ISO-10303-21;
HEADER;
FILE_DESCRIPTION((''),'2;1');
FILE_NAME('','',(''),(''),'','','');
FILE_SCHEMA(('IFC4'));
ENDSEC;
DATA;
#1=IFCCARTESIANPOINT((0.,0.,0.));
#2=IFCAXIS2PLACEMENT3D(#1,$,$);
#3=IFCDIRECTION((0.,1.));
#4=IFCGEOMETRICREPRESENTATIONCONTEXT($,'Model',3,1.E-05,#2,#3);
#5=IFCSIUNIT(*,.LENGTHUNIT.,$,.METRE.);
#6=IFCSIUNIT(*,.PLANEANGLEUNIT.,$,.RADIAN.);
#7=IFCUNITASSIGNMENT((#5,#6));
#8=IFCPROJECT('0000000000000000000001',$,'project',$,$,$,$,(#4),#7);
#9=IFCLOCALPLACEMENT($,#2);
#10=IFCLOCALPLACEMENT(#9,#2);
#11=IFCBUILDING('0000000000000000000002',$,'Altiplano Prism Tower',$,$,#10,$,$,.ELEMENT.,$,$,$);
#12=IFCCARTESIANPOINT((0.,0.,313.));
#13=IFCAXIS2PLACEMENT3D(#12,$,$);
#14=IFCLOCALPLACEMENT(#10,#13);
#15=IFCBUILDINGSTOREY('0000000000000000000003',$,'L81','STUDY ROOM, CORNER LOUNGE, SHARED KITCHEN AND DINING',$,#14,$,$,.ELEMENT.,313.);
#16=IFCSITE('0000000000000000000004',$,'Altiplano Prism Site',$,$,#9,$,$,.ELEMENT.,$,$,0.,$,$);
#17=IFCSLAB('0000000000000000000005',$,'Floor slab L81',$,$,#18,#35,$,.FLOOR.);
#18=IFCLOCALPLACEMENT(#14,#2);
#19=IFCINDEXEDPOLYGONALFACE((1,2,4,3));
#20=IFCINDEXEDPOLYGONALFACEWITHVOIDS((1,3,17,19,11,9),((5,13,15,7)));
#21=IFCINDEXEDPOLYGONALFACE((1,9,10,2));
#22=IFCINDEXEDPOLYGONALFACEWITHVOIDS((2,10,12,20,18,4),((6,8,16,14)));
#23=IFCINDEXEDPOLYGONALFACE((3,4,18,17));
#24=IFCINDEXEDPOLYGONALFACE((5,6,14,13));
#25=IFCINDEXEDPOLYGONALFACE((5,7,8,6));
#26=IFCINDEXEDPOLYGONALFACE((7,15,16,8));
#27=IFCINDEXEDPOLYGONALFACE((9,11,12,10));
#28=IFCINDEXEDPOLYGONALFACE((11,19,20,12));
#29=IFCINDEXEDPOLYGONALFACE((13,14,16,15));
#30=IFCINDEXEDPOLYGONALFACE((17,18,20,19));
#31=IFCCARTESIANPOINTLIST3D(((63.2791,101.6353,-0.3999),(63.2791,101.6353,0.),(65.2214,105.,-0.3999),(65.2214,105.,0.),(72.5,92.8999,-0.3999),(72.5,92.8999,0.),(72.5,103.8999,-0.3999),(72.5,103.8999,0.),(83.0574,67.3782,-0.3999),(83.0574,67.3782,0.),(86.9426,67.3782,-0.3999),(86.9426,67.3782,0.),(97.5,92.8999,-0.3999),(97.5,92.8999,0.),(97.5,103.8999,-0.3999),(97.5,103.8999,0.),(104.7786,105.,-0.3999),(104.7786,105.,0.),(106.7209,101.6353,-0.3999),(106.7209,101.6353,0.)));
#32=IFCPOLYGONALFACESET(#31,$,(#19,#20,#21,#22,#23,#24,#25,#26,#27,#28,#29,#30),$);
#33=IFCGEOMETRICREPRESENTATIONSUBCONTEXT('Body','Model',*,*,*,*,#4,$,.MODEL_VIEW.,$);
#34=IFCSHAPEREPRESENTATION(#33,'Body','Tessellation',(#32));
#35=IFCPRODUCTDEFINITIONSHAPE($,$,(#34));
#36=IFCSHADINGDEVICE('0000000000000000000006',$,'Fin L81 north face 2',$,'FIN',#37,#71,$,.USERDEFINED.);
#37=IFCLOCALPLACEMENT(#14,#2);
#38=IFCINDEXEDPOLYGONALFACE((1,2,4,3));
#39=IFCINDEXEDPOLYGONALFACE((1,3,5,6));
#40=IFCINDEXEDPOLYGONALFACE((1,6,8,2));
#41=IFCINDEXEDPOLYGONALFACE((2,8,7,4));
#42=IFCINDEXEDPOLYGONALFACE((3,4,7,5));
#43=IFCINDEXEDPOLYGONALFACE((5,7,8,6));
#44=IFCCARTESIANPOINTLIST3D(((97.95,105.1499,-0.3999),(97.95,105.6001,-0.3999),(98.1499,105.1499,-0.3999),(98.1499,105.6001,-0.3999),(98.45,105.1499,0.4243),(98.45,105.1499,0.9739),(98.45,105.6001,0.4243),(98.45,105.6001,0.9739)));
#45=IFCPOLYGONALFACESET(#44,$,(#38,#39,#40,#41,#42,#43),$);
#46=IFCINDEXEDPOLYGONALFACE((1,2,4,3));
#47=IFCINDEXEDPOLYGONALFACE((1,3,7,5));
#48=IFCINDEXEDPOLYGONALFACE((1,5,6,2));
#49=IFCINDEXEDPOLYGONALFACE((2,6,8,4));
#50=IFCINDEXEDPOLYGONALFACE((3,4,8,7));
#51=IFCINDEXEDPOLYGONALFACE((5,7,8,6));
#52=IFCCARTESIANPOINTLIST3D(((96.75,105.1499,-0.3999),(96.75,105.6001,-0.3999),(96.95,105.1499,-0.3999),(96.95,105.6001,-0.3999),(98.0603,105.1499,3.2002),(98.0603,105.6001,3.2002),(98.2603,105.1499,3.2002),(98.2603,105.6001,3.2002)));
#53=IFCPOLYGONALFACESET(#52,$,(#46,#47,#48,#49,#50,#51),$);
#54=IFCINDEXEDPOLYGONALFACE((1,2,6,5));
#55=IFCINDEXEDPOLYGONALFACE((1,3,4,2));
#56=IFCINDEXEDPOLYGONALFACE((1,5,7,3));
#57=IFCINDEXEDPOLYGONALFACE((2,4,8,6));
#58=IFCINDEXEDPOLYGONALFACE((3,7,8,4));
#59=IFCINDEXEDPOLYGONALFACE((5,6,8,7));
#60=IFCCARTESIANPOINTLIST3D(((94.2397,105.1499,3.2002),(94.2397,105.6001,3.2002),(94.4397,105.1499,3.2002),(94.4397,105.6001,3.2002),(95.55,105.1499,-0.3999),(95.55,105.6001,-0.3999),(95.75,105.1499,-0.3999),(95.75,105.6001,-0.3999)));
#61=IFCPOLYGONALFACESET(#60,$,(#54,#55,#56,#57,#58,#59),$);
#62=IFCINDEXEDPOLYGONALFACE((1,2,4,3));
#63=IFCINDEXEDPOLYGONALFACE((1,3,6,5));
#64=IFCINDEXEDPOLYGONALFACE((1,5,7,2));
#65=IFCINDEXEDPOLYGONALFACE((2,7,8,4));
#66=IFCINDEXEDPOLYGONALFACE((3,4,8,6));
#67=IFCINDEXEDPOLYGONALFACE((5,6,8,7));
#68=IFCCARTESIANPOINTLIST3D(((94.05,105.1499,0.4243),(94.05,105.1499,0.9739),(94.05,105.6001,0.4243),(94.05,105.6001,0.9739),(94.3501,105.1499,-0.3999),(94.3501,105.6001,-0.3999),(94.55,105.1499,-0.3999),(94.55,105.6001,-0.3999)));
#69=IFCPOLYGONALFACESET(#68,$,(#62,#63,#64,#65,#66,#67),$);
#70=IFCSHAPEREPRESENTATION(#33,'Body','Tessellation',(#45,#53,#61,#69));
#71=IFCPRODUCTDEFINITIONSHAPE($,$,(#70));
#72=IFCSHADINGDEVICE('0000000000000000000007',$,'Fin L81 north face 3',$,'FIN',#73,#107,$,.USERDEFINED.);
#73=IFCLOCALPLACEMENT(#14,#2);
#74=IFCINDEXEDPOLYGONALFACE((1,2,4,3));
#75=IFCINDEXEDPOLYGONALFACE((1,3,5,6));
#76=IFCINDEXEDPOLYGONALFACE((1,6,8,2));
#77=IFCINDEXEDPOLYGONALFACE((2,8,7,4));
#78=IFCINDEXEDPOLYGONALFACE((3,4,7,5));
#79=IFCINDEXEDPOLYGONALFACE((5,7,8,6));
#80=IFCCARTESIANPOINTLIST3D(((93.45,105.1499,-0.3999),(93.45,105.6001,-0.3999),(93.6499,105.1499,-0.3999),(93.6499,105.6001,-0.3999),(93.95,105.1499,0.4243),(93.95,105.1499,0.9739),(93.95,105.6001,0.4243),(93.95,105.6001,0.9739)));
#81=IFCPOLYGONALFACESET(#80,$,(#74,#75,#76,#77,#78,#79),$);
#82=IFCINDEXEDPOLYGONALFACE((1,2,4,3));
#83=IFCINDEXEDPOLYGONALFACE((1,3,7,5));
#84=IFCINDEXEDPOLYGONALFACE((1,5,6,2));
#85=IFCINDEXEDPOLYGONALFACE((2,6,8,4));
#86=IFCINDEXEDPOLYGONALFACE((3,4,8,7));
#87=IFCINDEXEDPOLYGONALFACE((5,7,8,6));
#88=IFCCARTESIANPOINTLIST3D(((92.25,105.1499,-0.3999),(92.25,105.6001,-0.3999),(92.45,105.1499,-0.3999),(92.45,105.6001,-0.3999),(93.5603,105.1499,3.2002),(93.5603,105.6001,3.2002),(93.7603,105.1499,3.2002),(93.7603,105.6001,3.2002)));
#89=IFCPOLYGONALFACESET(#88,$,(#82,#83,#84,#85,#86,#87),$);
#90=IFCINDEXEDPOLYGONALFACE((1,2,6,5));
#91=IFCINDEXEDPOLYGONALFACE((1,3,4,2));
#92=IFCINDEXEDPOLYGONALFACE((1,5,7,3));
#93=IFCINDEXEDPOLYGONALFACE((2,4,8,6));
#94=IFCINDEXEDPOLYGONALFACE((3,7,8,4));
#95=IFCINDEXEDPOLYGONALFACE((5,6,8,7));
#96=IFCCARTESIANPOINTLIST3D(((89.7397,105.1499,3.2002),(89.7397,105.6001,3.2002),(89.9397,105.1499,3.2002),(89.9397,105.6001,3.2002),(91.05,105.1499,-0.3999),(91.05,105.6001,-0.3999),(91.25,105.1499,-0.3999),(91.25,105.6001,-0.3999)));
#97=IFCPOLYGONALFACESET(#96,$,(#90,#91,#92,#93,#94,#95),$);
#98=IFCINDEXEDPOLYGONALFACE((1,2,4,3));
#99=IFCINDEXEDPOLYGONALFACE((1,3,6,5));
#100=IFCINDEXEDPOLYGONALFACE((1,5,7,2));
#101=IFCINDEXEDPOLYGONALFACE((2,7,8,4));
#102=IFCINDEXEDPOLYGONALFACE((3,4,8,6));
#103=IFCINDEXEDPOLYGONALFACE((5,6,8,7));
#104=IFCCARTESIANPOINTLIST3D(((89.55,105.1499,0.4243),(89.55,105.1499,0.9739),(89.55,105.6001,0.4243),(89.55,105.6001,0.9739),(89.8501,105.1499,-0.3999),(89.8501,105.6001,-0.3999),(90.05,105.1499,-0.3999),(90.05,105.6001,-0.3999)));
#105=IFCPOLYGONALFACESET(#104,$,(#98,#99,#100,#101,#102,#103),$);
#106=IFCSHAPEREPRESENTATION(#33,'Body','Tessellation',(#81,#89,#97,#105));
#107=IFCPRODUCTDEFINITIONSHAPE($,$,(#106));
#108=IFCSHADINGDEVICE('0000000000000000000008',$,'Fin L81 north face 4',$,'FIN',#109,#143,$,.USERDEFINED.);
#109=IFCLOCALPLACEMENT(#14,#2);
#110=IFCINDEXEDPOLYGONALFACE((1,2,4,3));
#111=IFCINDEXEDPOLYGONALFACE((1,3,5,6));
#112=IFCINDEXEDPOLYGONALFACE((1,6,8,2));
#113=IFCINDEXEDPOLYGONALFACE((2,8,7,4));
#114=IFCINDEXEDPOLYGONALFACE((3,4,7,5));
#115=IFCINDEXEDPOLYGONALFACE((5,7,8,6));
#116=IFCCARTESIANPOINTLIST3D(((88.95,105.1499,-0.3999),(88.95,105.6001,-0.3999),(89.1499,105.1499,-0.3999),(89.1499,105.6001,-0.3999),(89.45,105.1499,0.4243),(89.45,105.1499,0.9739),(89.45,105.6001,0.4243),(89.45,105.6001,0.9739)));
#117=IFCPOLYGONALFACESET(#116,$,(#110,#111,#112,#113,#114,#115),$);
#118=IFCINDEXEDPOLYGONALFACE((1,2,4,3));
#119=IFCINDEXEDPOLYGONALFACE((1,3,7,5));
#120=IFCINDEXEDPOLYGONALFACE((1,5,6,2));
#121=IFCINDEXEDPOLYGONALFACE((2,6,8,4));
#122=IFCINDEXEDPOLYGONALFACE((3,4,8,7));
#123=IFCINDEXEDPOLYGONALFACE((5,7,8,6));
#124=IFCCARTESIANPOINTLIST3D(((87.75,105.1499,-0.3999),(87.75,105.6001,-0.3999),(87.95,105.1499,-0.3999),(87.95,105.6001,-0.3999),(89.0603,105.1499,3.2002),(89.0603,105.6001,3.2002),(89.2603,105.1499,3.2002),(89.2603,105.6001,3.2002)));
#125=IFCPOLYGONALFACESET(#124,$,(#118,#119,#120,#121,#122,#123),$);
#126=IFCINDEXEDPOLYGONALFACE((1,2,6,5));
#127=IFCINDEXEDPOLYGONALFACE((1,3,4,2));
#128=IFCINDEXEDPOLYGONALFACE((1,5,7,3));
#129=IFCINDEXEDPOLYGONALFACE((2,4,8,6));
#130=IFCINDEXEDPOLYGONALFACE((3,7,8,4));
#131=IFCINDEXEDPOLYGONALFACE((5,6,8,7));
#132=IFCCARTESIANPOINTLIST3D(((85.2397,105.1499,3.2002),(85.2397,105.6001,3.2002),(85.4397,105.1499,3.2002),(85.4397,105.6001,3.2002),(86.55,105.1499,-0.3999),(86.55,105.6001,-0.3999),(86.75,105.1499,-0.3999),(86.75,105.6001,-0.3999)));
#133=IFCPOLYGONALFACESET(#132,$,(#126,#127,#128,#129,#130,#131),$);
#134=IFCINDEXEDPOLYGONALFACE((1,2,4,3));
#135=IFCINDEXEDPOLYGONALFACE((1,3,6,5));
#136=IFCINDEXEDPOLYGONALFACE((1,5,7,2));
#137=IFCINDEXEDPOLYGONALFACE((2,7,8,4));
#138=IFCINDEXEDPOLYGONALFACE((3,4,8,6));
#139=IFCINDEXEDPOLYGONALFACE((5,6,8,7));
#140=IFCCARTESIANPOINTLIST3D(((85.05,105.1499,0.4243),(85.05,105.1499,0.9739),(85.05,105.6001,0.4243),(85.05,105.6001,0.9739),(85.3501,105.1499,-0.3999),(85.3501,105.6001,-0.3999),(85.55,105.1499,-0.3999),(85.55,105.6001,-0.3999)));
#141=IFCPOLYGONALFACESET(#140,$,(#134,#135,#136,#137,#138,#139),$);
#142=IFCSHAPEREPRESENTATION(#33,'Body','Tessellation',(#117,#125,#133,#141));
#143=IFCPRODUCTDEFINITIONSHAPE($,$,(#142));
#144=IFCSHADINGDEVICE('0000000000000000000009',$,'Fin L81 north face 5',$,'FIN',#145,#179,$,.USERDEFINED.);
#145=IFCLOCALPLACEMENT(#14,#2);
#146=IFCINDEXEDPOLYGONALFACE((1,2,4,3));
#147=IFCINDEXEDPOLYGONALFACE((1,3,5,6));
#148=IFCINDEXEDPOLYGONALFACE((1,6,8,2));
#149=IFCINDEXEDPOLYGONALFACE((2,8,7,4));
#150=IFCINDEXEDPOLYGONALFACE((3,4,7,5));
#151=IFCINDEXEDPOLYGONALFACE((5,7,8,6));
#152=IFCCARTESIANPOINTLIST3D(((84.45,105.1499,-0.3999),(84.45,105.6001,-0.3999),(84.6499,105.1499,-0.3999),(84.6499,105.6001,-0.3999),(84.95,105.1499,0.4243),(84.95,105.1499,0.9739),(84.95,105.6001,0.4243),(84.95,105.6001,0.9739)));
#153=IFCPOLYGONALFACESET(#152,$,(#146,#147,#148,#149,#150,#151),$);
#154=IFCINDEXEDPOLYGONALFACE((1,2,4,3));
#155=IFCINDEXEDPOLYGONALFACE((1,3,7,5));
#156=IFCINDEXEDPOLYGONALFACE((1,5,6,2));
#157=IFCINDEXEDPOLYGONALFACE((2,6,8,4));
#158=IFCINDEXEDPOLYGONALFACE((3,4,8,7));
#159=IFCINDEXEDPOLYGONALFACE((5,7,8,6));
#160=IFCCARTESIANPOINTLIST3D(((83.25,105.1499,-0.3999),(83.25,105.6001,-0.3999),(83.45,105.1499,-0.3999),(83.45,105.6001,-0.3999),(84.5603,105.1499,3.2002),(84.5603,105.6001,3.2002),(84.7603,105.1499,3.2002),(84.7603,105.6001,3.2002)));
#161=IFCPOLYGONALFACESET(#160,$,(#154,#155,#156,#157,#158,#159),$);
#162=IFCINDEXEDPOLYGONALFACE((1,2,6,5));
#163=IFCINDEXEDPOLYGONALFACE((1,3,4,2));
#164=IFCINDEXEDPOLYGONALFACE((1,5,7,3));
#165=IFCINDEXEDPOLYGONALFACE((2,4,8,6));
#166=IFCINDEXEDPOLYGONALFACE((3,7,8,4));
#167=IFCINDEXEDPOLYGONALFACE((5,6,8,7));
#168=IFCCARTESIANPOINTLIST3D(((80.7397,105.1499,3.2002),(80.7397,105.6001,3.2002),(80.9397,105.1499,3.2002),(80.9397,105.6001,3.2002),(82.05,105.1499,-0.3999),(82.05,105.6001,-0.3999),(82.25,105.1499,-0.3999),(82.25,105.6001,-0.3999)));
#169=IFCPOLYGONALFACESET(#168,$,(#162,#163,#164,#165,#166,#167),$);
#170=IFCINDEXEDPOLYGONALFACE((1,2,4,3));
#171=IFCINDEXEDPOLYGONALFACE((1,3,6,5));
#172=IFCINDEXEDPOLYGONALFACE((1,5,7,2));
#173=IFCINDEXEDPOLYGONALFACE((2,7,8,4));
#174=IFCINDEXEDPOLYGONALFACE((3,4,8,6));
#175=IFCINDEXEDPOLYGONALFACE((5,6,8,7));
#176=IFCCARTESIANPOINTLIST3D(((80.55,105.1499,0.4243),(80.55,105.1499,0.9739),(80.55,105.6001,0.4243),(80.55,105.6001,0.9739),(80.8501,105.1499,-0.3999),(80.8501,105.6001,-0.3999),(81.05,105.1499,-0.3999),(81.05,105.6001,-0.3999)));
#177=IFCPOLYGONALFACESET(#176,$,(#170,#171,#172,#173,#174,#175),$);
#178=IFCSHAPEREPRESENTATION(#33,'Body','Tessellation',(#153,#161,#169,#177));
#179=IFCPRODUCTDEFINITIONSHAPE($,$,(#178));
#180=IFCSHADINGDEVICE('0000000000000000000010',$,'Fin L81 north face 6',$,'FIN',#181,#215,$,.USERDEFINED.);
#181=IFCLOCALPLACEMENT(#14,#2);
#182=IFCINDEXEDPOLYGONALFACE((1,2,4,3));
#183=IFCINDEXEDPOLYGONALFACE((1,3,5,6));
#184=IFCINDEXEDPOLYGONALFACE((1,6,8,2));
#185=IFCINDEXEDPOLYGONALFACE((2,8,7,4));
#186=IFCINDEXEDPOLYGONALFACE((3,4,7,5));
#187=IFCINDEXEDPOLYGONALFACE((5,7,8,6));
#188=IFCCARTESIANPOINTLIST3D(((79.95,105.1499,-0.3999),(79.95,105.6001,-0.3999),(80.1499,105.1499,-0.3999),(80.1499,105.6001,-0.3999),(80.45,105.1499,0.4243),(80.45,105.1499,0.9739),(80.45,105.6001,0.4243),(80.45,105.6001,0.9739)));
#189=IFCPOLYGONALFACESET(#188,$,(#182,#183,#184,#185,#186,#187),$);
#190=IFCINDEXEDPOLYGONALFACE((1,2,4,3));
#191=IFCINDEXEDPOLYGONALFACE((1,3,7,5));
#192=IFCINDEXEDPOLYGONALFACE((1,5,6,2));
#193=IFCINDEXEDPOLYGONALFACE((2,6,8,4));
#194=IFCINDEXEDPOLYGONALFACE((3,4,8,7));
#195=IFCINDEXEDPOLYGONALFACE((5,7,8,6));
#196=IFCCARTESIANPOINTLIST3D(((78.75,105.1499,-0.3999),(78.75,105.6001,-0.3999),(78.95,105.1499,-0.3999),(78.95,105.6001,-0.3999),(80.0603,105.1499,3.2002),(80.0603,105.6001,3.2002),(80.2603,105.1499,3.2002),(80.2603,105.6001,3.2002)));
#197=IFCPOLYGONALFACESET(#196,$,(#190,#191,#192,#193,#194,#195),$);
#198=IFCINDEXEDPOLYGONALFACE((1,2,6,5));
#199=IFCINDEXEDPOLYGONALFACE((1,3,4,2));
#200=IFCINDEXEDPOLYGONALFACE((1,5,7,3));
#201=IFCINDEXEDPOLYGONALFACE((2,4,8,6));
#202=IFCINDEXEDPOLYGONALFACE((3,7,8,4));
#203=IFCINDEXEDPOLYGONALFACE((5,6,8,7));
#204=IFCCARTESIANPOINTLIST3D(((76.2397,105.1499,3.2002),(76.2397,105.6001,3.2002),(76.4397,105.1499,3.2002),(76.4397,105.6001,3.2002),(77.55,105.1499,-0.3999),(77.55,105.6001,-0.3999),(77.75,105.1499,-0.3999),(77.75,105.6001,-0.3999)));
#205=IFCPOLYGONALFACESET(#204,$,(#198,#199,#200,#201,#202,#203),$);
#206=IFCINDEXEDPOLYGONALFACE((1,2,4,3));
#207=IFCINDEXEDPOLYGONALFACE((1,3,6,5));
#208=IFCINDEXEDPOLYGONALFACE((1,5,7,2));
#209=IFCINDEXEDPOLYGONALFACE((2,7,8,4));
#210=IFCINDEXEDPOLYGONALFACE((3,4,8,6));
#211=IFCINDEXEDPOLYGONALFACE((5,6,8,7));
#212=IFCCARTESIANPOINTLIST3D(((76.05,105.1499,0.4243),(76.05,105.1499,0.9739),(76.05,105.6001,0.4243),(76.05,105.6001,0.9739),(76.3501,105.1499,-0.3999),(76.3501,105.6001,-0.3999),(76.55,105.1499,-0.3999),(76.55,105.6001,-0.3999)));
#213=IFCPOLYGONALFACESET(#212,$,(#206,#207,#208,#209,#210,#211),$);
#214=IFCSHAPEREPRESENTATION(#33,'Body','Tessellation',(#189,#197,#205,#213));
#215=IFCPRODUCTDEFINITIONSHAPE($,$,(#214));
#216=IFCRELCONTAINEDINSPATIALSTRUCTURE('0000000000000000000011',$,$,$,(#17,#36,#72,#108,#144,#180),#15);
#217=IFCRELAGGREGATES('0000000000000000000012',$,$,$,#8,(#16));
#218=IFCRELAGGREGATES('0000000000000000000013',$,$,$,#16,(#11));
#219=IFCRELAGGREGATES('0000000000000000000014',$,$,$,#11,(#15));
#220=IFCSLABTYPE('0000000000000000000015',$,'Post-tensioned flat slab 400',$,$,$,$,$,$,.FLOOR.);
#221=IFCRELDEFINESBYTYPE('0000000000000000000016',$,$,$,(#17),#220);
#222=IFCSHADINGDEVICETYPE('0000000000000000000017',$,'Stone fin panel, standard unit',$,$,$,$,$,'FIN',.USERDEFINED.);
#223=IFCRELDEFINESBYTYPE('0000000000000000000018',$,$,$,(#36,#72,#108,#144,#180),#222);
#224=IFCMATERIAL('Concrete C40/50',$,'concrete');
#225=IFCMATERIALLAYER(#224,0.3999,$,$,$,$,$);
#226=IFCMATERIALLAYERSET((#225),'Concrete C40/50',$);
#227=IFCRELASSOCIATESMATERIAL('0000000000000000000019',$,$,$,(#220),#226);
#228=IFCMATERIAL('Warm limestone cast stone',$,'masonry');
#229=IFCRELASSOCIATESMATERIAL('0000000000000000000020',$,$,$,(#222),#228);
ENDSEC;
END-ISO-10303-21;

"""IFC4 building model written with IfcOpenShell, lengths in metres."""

from ifc_helpers import new_model, si_unit, direction, frame, origin, place, context, subcontext, project, spatial, polyline, outline, extrude, source, transform, mapped, material, layer, layer_set, type_object, element, save


model = new_model("IFC4")

# Units and contexts
model_context = context("Model", 3, precision=1e-05, world=origin(), true_north=direction((0.0, 1.0)))
body_context = subcontext(model_context, "Body", "Model", "MODEL_VIEW")
ifc_project = project(units=[si_unit("LENGTHUNIT", "METRE"), si_unit("PLANEANGLEUNIT", "RADIAN")], contexts=[model_context])

# Site, building, storey
site_placement = place(None, origin())
site = spatial("IfcSite", under=ifc_project, at=site_placement, Name="Altiplano Prism Site", CompositionType="ELEMENT", RefElevation=0.0)
building_placement = place(site_placement, origin())
building = spatial("IfcBuilding", under=site, at=building_placement, Name="Altiplano Prism Tower", CompositionType="ELEMENT")
storey_placement = place(building_placement, frame((0.0, 0.0, 313.0)))
storey = spatial("IfcBuildingStorey", under=building, at=storey_placement, Name="L81", Description="STUDY ROOM, CORNER LOUNGE, SHARED KITCHEN AND DINING", CompositionType="ELEMENT", Elevation=313.0)

# Slab
ifc_material_1 = material(Name="Concrete C40/50", Category="concrete")
ifc_layer = layer(ifc_material_1, 0.3999)
ifc_layer_set = layer_set([ifc_layer], Name="Concrete C40/50")
slab_type = type_object("IfcSlabType", Name="Post-tensioned flat slab 400", PredefinedType="FLOOR", material=ifc_layer_set)
slab_placement = place(storey_placement, frame((0.0, 0.0, -0.3999)))
element("IfcSlab", 1, at=slab_placement, inside=storey, type_object=slab_type, Name="Floor slab L81", PredefinedType="FLOOR", context=body_context, shape_type="SweptSolid", body=[
    extrude(outline(polyline([(106.7209, 101.6353), (86.9426, 67.3782), (83.0574, 67.3782), (63.2791, 101.6353), (65.2214, 105.0), (104.7786, 105.0), (106.7209, 101.6353)]), holes=[polyline([(97.5, 92.8999), (97.5, 103.8999), (72.5, 103.8999), (72.5, 92.8999), (97.5, 92.8999)])]), origin(), (0.0, 0.0, 1.0), 0.3999),
])

# Shading devices
ifc_material_2 = material(Name="Warm limestone cast stone", Category="masonry")
shading_device_type_1 = type_object("IfcShadingDeviceType", Name="Stone fin panel, standard unit", ElementType="FIN", PredefinedType="USERDEFINED", material=ifc_material_2)
shared_shape_1 = source(origin(), body_context, "Body", "SweptSolid", [
    extrude(outline(polyline([(-2.2, 1.3738), (-2.2, 0.8242), (-1.8999, 0.0), (-1.7, 0.0), (-2.2, 1.3738)])), frame((0.0, -0.1499, 0.0), z_axis=(0.0, -1.0, 0.0), x_axis=(1.0, 0.0, 0.0)), (0.0, 0.0, 1.0), 0.4502),
    extrude(outline(polyline([(-2.0103, 3.6001), (-0.7, 0.0), (-0.5, 0.0), (-1.8103, 3.6001), (-2.0103, 3.6001)])), frame((0.0, -0.1499, 0.0), z_axis=(0.0, -1.0, 0.0), x_axis=(1.0, 0.0, 0.0)), (0.0, 0.0, 1.0), 0.4502),
    extrude(outline(polyline([(1.8103, 3.6001), (0.5, 0.0), (0.7, 0.0), (2.0103, 3.6001), (1.8103, 3.6001)])), frame((0.0, -0.1499, 0.0), z_axis=(0.0, -1.0, 0.0), x_axis=(1.0, 0.0, 0.0)), (0.0, 0.0, 1.0), 0.4502),
    extrude(outline(polyline([(2.2, 0.8242), (2.2, 1.3738), (1.7, 0.0), (1.8999, 0.0), (2.2, 0.8242)])), frame((0.0, -0.1499, 0.0), z_axis=(0.0, -1.0, 0.0), x_axis=(1.0, 0.0, 0.0)), (0.0, 0.0, 1.0), 0.4502),
])
shading_device_1_placement = place(storey_placement, origin())
element("IfcShadingDevice", 2, at=shading_device_1_placement, inside=storey, type_object=shading_device_type_1, Name="Fin L81 north face 2", ObjectType="FIN", PredefinedType="USERDEFINED", context=body_context, shape_type="MappedRepresentation", body=[
    mapped(shared_shape_1, transform((96.25, 105.0, -0.3999), x_axis=(-1.0, 0.0, 0.0), y_axis=(0.0, -1.0, 0.0), z_axis=(0.0, 0.0, 1.0))),
])
shading_device_2_placement = place(storey_placement, origin())
element("IfcShadingDevice", 3, at=shading_device_2_placement, inside=storey, type_object=shading_device_type_1, Name="Fin L81 north face 3", ObjectType="FIN", PredefinedType="USERDEFINED", context=body_context, shape_type="MappedRepresentation", body=[
    mapped(shared_shape_1, transform((91.75, 105.0, -0.3999), x_axis=(-1.0, 0.0, 0.0), y_axis=(0.0, -1.0, 0.0), z_axis=(0.0, 0.0, 1.0))),
])
shading_device_3_placement = place(storey_placement, origin())
element("IfcShadingDevice", 4, at=shading_device_3_placement, inside=storey, type_object=shading_device_type_1, Name="Fin L81 north face 4", ObjectType="FIN", PredefinedType="USERDEFINED", context=body_context, shape_type="MappedRepresentation", body=[
    mapped(shared_shape_1, transform((87.25, 105.0, -0.3999), x_axis=(-1.0, 0.0, 0.0), y_axis=(0.0, -1.0, 0.0), z_axis=(0.0, 0.0, 1.0))),
])
shading_device_4_placement = place(storey_placement, origin())
element("IfcShadingDevice", 5, at=shading_device_4_placement, inside=storey, type_object=shading_device_type_1, Name="Fin L81 north face 5", ObjectType="FIN", PredefinedType="USERDEFINED", context=body_context, shape_type="MappedRepresentation", body=[
    mapped(shared_shape_1, transform((82.75, 105.0, -0.3999), x_axis=(-1.0, 0.0, 0.0), y_axis=(0.0, -1.0, 0.0), z_axis=(0.0, 0.0, 1.0))),
])
shading_device_5_placement = place(storey_placement, origin())
element("IfcShadingDevice", 6, at=shading_device_5_placement, inside=storey, type_object=shading_device_type_1, Name="Fin L81 north face 6", ObjectType="FIN", PredefinedType="USERDEFINED", context=body_context, shape_type="MappedRepresentation", body=[
    mapped(shared_shape_1, transform((78.25, 105.0, -0.3999), x_axis=(-1.0, 0.0, 0.0), y_axis=(0.0, -1.0, 0.0), z_axis=(0.0, 0.0, 1.0))),
])

save(model, "model.ifc")
